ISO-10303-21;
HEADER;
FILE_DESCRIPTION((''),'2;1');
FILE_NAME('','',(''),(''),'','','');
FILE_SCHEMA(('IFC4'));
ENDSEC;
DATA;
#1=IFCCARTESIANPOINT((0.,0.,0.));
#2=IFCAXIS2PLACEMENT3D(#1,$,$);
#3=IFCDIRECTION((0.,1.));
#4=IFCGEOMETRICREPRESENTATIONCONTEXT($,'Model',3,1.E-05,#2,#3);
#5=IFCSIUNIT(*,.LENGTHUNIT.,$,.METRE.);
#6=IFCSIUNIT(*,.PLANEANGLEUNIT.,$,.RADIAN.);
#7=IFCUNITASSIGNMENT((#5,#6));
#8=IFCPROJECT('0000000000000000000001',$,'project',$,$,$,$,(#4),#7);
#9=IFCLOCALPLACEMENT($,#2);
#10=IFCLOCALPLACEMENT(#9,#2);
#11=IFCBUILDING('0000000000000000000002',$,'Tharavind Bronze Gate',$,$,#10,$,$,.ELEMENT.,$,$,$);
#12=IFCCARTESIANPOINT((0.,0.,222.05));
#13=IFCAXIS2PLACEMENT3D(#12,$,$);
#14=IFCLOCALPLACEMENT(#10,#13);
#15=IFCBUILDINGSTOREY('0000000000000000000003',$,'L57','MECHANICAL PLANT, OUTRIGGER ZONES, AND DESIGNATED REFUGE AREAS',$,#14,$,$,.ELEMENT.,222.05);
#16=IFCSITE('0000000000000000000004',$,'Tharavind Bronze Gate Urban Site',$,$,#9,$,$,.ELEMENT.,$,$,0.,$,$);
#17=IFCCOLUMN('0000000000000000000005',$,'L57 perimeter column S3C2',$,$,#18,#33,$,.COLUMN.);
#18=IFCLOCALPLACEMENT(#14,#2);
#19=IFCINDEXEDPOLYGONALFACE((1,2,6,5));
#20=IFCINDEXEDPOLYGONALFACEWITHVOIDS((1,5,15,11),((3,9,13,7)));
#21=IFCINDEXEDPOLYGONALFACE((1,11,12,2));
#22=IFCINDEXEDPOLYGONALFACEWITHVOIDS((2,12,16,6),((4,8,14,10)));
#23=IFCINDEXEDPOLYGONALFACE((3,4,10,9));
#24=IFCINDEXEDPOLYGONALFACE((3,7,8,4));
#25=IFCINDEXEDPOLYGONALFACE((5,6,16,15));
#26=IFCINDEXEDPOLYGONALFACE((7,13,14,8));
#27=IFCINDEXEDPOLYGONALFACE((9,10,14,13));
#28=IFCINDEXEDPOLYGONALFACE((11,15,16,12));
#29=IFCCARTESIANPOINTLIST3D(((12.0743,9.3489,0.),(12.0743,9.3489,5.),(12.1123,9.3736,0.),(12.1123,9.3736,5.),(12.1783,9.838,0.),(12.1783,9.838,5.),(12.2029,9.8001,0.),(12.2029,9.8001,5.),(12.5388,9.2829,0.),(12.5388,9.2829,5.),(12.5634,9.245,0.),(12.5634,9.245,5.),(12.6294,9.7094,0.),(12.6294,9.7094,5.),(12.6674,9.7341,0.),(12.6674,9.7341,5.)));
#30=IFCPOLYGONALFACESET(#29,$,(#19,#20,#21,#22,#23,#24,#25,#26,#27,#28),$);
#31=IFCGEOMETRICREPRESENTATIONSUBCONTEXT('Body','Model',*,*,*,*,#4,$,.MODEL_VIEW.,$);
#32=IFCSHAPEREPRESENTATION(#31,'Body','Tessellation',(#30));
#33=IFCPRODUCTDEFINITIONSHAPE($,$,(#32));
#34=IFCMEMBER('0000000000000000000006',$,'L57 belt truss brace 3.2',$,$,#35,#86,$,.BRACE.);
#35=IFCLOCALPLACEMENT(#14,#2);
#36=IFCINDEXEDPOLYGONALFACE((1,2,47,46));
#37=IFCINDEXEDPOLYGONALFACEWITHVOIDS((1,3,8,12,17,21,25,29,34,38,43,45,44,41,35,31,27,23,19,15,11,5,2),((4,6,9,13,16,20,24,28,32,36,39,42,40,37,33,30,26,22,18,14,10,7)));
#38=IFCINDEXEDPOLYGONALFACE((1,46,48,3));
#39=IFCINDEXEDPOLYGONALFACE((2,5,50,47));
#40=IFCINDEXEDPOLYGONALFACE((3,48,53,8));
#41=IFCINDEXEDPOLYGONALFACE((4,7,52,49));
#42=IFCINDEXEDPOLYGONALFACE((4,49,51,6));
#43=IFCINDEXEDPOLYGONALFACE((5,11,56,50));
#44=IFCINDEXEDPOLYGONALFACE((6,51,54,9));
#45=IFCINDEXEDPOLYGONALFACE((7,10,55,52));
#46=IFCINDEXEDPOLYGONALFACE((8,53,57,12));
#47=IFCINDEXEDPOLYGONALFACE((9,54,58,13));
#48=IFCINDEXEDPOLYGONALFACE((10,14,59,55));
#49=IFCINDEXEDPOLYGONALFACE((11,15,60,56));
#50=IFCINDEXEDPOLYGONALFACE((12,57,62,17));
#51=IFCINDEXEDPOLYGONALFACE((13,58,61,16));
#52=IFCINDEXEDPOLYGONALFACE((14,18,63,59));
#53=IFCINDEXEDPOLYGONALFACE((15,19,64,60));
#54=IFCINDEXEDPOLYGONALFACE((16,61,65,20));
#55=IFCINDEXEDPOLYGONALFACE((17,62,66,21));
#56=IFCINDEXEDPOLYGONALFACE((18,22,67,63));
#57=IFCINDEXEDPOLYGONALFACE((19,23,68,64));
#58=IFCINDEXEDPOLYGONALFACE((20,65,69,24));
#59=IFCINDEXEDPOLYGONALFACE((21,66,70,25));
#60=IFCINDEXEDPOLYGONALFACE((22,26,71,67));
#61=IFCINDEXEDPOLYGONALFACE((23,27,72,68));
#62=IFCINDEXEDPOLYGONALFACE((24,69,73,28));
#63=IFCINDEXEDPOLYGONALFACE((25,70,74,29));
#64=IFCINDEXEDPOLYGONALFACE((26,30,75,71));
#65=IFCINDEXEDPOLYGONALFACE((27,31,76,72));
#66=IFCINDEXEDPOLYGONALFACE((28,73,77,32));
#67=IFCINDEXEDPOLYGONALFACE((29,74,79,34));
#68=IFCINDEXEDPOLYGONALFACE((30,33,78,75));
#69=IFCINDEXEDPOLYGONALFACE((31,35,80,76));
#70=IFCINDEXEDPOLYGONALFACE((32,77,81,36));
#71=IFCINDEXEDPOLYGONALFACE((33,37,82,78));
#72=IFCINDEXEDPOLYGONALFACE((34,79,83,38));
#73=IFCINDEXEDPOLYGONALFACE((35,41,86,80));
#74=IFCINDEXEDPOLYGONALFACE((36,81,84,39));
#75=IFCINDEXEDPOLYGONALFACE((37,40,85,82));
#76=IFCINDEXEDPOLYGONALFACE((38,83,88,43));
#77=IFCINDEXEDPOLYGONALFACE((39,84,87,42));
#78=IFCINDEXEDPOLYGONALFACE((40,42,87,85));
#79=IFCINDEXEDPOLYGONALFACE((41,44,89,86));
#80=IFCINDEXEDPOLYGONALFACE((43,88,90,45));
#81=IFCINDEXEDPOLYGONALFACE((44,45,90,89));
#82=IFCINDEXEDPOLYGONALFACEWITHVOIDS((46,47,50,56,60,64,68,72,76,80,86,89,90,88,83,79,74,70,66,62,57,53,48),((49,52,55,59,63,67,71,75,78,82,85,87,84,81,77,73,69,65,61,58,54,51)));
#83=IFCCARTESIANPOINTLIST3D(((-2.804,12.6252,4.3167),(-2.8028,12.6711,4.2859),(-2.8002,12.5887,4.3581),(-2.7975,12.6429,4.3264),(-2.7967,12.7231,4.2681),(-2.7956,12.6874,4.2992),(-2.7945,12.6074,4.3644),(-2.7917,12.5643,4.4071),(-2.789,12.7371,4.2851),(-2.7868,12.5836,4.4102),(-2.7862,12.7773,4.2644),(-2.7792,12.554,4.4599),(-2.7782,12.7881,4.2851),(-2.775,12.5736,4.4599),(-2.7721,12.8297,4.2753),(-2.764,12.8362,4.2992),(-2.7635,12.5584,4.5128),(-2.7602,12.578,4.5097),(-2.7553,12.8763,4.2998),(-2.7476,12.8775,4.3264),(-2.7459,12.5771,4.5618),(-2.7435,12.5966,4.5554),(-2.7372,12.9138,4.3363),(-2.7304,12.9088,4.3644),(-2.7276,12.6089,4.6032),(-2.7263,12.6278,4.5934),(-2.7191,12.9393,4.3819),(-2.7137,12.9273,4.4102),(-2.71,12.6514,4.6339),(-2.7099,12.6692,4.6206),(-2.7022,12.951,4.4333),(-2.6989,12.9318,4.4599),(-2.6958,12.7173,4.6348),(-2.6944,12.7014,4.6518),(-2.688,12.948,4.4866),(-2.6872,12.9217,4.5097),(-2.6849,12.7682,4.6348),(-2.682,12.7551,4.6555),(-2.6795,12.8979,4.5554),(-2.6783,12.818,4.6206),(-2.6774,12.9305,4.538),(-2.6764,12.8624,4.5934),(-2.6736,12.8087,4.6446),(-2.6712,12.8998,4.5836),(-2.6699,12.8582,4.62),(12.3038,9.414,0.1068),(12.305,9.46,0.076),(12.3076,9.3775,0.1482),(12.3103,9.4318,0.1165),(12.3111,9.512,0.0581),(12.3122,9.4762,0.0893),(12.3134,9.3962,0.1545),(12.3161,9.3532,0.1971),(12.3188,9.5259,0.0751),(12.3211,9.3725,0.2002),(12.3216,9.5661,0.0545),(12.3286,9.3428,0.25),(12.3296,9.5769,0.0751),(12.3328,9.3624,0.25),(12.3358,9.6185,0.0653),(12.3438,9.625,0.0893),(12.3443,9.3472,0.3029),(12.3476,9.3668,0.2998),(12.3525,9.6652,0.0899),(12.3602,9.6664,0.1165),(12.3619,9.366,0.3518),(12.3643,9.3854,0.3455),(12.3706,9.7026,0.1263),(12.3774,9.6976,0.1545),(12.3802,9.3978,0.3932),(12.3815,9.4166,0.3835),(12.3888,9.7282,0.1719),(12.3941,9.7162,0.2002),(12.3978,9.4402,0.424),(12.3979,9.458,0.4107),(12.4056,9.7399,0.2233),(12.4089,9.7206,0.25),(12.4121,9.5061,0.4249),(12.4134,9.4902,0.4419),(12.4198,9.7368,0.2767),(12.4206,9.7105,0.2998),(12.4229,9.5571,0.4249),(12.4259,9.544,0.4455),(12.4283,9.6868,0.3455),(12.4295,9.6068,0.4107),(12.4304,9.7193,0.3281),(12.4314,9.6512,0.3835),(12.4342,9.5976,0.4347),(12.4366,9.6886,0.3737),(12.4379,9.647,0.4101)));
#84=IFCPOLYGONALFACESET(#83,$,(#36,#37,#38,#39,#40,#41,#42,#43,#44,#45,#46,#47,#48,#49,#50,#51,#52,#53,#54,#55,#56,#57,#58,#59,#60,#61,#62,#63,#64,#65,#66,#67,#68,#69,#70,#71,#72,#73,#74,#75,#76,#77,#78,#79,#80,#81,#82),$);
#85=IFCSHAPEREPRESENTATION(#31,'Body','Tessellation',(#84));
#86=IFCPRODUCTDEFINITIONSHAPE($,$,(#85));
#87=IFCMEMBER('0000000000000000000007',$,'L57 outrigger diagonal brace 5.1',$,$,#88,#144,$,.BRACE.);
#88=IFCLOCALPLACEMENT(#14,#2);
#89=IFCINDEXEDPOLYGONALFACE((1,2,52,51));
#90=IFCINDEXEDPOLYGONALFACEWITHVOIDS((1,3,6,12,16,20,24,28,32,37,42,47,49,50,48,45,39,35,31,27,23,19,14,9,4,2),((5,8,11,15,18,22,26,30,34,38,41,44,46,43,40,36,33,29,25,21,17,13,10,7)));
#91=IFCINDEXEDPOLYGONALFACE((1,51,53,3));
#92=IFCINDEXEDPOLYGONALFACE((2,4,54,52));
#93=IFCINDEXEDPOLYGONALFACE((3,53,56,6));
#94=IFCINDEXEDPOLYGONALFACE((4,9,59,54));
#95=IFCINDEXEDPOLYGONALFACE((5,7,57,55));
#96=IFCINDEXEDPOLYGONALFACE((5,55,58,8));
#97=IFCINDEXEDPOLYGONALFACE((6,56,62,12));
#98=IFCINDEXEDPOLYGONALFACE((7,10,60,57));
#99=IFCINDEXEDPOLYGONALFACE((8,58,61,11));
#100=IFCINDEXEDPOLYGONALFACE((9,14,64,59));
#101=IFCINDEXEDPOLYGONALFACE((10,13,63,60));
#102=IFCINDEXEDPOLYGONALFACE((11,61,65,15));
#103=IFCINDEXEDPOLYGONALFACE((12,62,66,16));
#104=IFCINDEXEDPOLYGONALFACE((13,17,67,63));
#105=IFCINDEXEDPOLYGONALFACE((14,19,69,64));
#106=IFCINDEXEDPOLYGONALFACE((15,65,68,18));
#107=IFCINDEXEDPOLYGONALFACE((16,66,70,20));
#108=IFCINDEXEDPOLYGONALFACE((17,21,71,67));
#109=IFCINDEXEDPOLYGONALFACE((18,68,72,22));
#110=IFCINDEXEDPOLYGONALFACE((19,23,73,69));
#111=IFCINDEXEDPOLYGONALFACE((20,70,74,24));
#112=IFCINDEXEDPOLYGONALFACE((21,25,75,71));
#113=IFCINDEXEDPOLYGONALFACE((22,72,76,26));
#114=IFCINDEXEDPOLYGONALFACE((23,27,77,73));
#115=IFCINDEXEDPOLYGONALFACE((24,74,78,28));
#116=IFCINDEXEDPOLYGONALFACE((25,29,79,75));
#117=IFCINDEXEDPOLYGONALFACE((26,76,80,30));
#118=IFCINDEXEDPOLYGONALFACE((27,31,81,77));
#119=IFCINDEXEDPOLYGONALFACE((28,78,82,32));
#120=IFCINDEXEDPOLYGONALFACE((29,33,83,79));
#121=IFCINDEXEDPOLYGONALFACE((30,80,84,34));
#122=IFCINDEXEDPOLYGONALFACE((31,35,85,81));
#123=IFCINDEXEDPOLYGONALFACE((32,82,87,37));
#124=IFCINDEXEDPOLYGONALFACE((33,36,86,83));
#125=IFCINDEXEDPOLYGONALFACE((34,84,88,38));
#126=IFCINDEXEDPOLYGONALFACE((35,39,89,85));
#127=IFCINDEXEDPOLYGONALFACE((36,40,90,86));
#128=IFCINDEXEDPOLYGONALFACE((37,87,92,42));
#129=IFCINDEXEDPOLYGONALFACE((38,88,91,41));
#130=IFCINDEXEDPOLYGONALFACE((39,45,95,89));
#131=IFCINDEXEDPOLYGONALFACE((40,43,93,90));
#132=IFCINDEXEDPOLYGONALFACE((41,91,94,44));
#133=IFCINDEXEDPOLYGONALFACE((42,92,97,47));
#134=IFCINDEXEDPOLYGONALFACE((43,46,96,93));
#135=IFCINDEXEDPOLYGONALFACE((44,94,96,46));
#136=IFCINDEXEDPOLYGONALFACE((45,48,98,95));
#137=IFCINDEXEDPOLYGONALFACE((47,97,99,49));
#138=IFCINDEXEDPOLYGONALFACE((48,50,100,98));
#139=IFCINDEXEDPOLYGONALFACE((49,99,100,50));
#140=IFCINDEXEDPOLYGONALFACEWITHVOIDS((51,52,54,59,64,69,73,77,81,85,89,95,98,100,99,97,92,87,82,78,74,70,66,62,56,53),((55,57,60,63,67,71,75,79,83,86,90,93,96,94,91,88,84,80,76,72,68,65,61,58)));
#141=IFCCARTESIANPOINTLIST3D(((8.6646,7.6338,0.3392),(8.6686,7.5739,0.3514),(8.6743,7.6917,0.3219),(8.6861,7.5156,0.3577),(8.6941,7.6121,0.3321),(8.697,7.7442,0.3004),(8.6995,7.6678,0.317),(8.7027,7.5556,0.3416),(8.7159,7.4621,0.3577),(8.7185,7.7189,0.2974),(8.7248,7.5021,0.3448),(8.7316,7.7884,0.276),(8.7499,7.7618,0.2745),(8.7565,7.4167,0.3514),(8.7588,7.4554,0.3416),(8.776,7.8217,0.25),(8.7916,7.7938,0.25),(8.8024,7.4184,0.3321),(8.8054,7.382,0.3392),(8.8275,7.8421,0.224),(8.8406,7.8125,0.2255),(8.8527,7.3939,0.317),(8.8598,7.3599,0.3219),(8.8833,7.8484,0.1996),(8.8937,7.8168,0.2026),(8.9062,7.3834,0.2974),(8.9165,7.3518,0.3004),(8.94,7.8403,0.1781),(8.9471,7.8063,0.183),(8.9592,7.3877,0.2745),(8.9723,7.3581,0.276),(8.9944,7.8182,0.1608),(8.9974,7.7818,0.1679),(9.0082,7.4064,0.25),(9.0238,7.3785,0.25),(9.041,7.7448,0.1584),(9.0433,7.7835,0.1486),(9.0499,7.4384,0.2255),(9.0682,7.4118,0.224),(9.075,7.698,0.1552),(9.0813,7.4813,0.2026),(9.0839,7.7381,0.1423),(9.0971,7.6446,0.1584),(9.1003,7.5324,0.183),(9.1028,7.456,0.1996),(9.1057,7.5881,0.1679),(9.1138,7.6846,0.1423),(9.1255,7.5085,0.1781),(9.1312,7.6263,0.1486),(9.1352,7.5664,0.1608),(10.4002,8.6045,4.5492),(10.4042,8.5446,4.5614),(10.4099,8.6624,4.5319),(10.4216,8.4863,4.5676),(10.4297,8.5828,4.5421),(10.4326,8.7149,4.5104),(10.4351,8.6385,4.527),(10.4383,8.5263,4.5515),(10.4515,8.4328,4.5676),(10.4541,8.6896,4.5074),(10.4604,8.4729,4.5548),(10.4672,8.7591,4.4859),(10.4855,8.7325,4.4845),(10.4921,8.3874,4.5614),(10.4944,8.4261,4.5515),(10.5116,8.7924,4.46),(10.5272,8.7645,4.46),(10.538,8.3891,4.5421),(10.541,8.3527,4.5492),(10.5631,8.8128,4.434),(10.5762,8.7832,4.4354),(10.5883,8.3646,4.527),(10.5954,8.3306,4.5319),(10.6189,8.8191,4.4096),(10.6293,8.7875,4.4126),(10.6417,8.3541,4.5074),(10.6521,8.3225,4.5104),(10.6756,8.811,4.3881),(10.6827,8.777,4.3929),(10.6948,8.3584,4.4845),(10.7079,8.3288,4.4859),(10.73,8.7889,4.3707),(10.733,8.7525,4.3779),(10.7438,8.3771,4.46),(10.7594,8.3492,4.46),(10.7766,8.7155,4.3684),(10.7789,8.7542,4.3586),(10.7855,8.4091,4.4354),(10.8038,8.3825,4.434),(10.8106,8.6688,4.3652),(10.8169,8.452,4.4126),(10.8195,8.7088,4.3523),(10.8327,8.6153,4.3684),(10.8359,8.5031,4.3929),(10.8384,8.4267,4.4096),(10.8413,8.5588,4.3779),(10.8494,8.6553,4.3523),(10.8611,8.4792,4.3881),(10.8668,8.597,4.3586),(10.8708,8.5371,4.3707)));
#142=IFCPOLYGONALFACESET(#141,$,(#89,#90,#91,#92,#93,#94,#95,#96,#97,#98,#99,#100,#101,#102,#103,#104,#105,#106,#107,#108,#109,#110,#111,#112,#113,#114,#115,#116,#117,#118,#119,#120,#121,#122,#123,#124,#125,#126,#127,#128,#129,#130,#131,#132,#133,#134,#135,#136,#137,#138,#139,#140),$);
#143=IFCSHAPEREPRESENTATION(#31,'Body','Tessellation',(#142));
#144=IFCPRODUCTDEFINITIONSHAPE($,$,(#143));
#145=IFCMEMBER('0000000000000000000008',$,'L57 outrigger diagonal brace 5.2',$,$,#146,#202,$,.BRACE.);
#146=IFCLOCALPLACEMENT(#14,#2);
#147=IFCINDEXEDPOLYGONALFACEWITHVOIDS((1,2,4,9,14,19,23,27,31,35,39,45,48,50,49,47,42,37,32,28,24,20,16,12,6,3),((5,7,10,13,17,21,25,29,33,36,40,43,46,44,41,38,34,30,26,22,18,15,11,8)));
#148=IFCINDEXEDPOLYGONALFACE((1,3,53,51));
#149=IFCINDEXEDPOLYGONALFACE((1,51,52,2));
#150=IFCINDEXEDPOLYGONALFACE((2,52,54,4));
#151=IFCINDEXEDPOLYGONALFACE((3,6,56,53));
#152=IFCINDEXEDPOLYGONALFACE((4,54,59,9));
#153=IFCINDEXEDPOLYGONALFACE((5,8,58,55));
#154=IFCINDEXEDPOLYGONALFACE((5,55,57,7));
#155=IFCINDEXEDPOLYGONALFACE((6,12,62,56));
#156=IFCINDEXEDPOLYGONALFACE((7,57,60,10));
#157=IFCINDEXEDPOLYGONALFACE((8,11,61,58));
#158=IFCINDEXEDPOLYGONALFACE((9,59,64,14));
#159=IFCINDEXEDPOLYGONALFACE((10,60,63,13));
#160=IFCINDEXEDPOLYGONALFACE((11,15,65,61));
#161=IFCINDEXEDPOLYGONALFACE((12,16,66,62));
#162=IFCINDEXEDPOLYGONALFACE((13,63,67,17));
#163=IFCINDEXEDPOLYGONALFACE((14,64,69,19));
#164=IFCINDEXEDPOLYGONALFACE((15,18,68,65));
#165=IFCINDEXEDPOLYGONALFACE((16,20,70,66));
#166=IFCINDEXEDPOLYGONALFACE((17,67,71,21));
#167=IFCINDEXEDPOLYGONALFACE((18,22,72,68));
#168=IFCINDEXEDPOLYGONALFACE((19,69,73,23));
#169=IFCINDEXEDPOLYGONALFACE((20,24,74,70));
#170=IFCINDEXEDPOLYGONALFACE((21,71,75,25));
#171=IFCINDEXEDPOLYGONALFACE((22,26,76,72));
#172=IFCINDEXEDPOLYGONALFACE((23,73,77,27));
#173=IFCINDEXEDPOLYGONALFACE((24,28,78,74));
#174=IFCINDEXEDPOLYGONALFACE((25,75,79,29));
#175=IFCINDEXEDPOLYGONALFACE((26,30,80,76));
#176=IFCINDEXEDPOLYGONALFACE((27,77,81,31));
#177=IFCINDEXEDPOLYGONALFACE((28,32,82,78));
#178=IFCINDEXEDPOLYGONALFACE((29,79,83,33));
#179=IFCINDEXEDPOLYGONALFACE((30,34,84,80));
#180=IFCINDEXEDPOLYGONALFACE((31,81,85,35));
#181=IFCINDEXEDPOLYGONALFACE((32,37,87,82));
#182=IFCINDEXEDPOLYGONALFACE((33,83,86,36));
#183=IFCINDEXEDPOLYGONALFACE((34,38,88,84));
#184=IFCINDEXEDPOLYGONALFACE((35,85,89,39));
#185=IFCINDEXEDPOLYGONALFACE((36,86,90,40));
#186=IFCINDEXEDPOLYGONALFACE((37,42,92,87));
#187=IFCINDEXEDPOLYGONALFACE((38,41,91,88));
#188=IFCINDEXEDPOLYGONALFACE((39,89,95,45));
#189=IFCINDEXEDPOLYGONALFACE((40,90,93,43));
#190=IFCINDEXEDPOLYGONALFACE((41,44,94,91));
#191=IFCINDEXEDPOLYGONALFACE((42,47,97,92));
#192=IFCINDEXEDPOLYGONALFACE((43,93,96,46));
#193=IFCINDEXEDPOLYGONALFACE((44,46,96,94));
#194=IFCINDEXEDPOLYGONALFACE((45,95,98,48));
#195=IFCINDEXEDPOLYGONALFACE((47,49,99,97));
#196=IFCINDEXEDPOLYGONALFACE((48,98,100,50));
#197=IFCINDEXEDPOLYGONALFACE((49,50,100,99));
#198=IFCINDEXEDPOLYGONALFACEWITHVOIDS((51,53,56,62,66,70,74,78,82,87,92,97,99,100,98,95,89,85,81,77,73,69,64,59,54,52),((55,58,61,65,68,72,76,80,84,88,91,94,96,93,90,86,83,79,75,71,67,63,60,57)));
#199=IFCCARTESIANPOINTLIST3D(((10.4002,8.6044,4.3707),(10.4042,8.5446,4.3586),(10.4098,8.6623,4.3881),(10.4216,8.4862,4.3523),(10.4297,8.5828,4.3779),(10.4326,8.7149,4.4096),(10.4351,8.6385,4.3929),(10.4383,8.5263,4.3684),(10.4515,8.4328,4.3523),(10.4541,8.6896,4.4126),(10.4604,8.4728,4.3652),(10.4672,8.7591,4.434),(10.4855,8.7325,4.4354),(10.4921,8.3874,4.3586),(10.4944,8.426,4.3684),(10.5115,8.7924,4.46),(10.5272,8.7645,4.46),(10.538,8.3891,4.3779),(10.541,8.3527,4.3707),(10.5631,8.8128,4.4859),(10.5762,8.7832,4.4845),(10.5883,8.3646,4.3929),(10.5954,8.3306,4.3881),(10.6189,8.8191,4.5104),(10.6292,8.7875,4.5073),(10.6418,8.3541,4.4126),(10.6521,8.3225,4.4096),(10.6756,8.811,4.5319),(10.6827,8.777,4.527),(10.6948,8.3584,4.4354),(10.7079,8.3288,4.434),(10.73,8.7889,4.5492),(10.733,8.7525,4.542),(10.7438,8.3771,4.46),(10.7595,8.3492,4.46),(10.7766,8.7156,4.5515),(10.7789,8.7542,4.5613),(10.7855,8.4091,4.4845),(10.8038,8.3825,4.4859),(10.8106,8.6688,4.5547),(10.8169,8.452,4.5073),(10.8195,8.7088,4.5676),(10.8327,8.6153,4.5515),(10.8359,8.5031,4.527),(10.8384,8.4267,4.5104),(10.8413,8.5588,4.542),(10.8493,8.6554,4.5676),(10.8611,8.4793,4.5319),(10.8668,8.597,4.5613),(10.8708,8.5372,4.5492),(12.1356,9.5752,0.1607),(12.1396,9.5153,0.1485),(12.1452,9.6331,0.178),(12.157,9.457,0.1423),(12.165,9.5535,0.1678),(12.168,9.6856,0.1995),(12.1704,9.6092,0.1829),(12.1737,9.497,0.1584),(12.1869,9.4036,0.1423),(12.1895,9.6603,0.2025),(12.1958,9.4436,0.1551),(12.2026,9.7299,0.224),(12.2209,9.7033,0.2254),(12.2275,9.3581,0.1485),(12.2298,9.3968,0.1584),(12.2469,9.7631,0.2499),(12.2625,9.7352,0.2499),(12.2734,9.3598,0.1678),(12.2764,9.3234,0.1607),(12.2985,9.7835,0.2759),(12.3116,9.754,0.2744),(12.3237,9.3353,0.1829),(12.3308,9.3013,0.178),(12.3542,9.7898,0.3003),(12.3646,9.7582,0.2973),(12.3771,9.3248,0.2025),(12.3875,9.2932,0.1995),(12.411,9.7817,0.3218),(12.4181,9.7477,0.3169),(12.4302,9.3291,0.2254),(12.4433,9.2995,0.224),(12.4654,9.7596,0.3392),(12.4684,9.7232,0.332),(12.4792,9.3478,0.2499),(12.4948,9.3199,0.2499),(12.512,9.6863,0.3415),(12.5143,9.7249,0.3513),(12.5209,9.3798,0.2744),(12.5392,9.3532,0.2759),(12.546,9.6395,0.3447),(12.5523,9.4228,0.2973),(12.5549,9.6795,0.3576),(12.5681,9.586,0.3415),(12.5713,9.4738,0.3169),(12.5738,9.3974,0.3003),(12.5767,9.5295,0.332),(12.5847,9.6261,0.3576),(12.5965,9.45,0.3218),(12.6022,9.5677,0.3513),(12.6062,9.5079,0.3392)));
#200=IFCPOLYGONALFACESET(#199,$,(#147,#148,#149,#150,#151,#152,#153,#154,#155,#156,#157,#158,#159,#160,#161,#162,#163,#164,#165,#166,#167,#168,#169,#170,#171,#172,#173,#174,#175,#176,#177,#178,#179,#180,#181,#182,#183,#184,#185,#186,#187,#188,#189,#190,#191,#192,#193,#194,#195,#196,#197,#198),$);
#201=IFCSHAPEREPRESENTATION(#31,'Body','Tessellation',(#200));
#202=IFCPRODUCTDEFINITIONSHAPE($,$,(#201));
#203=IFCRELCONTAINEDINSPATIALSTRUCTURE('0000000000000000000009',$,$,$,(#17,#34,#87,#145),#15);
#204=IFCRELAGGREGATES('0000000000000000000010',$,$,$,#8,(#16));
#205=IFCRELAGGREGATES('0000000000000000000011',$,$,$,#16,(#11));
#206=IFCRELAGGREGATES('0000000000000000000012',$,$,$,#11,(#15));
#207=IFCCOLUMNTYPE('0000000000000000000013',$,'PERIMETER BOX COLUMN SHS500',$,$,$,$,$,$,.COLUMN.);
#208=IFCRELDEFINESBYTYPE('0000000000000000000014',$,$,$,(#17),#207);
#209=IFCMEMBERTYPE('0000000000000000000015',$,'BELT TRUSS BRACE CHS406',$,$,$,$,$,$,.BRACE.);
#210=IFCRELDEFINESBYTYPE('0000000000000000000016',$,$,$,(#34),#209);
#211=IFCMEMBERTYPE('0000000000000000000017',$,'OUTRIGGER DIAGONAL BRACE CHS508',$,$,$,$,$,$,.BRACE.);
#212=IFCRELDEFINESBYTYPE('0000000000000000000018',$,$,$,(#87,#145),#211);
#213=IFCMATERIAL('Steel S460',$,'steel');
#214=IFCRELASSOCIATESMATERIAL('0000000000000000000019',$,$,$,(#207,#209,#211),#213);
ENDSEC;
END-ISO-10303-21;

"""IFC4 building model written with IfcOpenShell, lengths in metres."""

from ifc_helpers import new_model, si_unit, direction, frame, origin, origin_2d, place, context, subcontext, project, spatial, hollow_rectangle, hollow_circle, extrude, material, material_profile, profile_set, type_object, element, save


model = new_model("IFC4")

# Units and contexts
model_context = context("Model", 3, precision=1e-05, world=origin(), true_north=direction((0.0, 1.0)))
body_context = subcontext(model_context, "Body", "Model", "MODEL_VIEW")
ifc_project = project(units=[si_unit("LENGTHUNIT", "METRE"), si_unit("PLANEANGLEUNIT", "RADIAN")], contexts=[model_context])

# Site, building, storey
site_placement = place(None, origin())
site = spatial("IfcSite", under=ifc_project, at=site_placement, Name="Tharavind Bronze Gate Urban Site", CompositionType="ELEMENT", RefElevation=0.0)
building_placement = place(site_placement, origin())
building = spatial("IfcBuilding", under=site, at=building_placement, Name="Tharavind Bronze Gate", CompositionType="ELEMENT")
storey_placement = place(building_placement, frame((0.0, 0.0, 222.05)))
storey = spatial("IfcBuildingStorey", under=building, at=storey_placement, Name="L57", Description="MECHANICAL PLANT, OUTRIGGER ZONES, AND DESIGNATED REFUGE AREAS", CompositionType="ELEMENT", Elevation=222.05)

# Column
ifc_material_1 = material(Name="Steel S460", Category="steel")
ifc_material_profile_1 = material_profile(ifc_material_1, hollow_rectangle(XDim=0.5, YDim=0.5, WallThickness=0.032, at=origin_2d()), Name="SHS500X32")
ifc_profile_set_1 = profile_set([ifc_material_profile_1], Name="Steel S460")
column_type = type_object("IfcColumnType", Name="PERIMETER BOX COLUMN SHS500", PredefinedType="COLUMN", material=ifc_profile_set_1)
column_placement = place(storey_placement, frame((12.3708, 9.5415, 0.0), z_axis=(0.0, 0.0, 1.0), x_axis=(-0.978148, 0.207912, 0.0)))
element("IfcColumn", 1, at=column_placement, inside=storey, type_object=column_type, Name="L57 perimeter column S3C2", PredefinedType="COLUMN", context=body_context, shape_type="SweptSolid", body=[
    extrude(hollow_rectangle(XDim=0.5, YDim=0.5, WallThickness=0.032, at=origin_2d()), origin(), (0.0, 0.0, 1.0), 5.0),
])

# Members
ifc_material_profile_2 = material_profile(ifc_material_1, hollow_circle(Radius=0.2031, WallThickness=0.02, at=origin_2d()), Name="CHS406X20")
ifc_profile_set_2 = profile_set([ifc_material_profile_2], Name="Steel S460")
member_type_1 = type_object("IfcMemberType", Name="BELT TRUSS BRACE CHS406", PredefinedType="BRACE", material=ifc_profile_set_2)
member_1_placement = place(storey_placement, frame((12.3708, 9.5415, 0.25), z_axis=(-0.94372, 0.200587, 0.262977), x_axis=(-0.207905, -0.978149, 0.0)))
element("IfcMember", 2, at=member_1_placement, inside=storey, type_object=member_type_1, Name="L57 belt truss brace 3.2", PredefinedType="BRACE", context=body_context, shape_type="SweptSolid", body=[
    extrude(hollow_circle(Radius=0.2031, WallThickness=0.02, at=origin_2d()), origin(), (0.0, 0.0, 1.0), 16.0088),
])
ifc_material_profile_3 = material_profile(ifc_material_1, hollow_circle(Radius=0.2539, WallThickness=0.032, at=origin_2d()), Name="CHS508X32")
ifc_profile_set_3 = profile_set([ifc_material_profile_3], Name="Steel S460")
member_type_2 = type_object("IfcMemberType", Name="OUTRIGGER DIAGONAL BRACE CHS508", PredefinedType="BRACE", material=ifc_profile_set_3)
for number, where, z_axis, x_axis, name in (
    (3, (8.8999, 7.6001, 0.25), (0.372765, 0.208484, 0.904201), (-0.488132, 0.87277, 0.0), "L57 outrigger diagonal brace 5.1"),
    (4, (10.6355, 8.5708, 4.46), (0.37272, 0.208488, -0.904219), (-0.488185, 0.87274, 0.0), "L57 outrigger diagonal brace 5.2"),
):
    element("IfcMember", number, at=place(storey_placement, frame(where, z_axis=z_axis, x_axis=x_axis)), inside=storey, type_object=member_type_2, Name=name, PredefinedType="BRACE", context=body_context, shape_type="SweptSolid", body=[
        extrude(hollow_circle(Radius=0.2539, WallThickness=0.032, at=origin_2d()), origin(), (0.0, 0.0, 1.0), 4.656),
    ])

save(model, "model.ifc")
